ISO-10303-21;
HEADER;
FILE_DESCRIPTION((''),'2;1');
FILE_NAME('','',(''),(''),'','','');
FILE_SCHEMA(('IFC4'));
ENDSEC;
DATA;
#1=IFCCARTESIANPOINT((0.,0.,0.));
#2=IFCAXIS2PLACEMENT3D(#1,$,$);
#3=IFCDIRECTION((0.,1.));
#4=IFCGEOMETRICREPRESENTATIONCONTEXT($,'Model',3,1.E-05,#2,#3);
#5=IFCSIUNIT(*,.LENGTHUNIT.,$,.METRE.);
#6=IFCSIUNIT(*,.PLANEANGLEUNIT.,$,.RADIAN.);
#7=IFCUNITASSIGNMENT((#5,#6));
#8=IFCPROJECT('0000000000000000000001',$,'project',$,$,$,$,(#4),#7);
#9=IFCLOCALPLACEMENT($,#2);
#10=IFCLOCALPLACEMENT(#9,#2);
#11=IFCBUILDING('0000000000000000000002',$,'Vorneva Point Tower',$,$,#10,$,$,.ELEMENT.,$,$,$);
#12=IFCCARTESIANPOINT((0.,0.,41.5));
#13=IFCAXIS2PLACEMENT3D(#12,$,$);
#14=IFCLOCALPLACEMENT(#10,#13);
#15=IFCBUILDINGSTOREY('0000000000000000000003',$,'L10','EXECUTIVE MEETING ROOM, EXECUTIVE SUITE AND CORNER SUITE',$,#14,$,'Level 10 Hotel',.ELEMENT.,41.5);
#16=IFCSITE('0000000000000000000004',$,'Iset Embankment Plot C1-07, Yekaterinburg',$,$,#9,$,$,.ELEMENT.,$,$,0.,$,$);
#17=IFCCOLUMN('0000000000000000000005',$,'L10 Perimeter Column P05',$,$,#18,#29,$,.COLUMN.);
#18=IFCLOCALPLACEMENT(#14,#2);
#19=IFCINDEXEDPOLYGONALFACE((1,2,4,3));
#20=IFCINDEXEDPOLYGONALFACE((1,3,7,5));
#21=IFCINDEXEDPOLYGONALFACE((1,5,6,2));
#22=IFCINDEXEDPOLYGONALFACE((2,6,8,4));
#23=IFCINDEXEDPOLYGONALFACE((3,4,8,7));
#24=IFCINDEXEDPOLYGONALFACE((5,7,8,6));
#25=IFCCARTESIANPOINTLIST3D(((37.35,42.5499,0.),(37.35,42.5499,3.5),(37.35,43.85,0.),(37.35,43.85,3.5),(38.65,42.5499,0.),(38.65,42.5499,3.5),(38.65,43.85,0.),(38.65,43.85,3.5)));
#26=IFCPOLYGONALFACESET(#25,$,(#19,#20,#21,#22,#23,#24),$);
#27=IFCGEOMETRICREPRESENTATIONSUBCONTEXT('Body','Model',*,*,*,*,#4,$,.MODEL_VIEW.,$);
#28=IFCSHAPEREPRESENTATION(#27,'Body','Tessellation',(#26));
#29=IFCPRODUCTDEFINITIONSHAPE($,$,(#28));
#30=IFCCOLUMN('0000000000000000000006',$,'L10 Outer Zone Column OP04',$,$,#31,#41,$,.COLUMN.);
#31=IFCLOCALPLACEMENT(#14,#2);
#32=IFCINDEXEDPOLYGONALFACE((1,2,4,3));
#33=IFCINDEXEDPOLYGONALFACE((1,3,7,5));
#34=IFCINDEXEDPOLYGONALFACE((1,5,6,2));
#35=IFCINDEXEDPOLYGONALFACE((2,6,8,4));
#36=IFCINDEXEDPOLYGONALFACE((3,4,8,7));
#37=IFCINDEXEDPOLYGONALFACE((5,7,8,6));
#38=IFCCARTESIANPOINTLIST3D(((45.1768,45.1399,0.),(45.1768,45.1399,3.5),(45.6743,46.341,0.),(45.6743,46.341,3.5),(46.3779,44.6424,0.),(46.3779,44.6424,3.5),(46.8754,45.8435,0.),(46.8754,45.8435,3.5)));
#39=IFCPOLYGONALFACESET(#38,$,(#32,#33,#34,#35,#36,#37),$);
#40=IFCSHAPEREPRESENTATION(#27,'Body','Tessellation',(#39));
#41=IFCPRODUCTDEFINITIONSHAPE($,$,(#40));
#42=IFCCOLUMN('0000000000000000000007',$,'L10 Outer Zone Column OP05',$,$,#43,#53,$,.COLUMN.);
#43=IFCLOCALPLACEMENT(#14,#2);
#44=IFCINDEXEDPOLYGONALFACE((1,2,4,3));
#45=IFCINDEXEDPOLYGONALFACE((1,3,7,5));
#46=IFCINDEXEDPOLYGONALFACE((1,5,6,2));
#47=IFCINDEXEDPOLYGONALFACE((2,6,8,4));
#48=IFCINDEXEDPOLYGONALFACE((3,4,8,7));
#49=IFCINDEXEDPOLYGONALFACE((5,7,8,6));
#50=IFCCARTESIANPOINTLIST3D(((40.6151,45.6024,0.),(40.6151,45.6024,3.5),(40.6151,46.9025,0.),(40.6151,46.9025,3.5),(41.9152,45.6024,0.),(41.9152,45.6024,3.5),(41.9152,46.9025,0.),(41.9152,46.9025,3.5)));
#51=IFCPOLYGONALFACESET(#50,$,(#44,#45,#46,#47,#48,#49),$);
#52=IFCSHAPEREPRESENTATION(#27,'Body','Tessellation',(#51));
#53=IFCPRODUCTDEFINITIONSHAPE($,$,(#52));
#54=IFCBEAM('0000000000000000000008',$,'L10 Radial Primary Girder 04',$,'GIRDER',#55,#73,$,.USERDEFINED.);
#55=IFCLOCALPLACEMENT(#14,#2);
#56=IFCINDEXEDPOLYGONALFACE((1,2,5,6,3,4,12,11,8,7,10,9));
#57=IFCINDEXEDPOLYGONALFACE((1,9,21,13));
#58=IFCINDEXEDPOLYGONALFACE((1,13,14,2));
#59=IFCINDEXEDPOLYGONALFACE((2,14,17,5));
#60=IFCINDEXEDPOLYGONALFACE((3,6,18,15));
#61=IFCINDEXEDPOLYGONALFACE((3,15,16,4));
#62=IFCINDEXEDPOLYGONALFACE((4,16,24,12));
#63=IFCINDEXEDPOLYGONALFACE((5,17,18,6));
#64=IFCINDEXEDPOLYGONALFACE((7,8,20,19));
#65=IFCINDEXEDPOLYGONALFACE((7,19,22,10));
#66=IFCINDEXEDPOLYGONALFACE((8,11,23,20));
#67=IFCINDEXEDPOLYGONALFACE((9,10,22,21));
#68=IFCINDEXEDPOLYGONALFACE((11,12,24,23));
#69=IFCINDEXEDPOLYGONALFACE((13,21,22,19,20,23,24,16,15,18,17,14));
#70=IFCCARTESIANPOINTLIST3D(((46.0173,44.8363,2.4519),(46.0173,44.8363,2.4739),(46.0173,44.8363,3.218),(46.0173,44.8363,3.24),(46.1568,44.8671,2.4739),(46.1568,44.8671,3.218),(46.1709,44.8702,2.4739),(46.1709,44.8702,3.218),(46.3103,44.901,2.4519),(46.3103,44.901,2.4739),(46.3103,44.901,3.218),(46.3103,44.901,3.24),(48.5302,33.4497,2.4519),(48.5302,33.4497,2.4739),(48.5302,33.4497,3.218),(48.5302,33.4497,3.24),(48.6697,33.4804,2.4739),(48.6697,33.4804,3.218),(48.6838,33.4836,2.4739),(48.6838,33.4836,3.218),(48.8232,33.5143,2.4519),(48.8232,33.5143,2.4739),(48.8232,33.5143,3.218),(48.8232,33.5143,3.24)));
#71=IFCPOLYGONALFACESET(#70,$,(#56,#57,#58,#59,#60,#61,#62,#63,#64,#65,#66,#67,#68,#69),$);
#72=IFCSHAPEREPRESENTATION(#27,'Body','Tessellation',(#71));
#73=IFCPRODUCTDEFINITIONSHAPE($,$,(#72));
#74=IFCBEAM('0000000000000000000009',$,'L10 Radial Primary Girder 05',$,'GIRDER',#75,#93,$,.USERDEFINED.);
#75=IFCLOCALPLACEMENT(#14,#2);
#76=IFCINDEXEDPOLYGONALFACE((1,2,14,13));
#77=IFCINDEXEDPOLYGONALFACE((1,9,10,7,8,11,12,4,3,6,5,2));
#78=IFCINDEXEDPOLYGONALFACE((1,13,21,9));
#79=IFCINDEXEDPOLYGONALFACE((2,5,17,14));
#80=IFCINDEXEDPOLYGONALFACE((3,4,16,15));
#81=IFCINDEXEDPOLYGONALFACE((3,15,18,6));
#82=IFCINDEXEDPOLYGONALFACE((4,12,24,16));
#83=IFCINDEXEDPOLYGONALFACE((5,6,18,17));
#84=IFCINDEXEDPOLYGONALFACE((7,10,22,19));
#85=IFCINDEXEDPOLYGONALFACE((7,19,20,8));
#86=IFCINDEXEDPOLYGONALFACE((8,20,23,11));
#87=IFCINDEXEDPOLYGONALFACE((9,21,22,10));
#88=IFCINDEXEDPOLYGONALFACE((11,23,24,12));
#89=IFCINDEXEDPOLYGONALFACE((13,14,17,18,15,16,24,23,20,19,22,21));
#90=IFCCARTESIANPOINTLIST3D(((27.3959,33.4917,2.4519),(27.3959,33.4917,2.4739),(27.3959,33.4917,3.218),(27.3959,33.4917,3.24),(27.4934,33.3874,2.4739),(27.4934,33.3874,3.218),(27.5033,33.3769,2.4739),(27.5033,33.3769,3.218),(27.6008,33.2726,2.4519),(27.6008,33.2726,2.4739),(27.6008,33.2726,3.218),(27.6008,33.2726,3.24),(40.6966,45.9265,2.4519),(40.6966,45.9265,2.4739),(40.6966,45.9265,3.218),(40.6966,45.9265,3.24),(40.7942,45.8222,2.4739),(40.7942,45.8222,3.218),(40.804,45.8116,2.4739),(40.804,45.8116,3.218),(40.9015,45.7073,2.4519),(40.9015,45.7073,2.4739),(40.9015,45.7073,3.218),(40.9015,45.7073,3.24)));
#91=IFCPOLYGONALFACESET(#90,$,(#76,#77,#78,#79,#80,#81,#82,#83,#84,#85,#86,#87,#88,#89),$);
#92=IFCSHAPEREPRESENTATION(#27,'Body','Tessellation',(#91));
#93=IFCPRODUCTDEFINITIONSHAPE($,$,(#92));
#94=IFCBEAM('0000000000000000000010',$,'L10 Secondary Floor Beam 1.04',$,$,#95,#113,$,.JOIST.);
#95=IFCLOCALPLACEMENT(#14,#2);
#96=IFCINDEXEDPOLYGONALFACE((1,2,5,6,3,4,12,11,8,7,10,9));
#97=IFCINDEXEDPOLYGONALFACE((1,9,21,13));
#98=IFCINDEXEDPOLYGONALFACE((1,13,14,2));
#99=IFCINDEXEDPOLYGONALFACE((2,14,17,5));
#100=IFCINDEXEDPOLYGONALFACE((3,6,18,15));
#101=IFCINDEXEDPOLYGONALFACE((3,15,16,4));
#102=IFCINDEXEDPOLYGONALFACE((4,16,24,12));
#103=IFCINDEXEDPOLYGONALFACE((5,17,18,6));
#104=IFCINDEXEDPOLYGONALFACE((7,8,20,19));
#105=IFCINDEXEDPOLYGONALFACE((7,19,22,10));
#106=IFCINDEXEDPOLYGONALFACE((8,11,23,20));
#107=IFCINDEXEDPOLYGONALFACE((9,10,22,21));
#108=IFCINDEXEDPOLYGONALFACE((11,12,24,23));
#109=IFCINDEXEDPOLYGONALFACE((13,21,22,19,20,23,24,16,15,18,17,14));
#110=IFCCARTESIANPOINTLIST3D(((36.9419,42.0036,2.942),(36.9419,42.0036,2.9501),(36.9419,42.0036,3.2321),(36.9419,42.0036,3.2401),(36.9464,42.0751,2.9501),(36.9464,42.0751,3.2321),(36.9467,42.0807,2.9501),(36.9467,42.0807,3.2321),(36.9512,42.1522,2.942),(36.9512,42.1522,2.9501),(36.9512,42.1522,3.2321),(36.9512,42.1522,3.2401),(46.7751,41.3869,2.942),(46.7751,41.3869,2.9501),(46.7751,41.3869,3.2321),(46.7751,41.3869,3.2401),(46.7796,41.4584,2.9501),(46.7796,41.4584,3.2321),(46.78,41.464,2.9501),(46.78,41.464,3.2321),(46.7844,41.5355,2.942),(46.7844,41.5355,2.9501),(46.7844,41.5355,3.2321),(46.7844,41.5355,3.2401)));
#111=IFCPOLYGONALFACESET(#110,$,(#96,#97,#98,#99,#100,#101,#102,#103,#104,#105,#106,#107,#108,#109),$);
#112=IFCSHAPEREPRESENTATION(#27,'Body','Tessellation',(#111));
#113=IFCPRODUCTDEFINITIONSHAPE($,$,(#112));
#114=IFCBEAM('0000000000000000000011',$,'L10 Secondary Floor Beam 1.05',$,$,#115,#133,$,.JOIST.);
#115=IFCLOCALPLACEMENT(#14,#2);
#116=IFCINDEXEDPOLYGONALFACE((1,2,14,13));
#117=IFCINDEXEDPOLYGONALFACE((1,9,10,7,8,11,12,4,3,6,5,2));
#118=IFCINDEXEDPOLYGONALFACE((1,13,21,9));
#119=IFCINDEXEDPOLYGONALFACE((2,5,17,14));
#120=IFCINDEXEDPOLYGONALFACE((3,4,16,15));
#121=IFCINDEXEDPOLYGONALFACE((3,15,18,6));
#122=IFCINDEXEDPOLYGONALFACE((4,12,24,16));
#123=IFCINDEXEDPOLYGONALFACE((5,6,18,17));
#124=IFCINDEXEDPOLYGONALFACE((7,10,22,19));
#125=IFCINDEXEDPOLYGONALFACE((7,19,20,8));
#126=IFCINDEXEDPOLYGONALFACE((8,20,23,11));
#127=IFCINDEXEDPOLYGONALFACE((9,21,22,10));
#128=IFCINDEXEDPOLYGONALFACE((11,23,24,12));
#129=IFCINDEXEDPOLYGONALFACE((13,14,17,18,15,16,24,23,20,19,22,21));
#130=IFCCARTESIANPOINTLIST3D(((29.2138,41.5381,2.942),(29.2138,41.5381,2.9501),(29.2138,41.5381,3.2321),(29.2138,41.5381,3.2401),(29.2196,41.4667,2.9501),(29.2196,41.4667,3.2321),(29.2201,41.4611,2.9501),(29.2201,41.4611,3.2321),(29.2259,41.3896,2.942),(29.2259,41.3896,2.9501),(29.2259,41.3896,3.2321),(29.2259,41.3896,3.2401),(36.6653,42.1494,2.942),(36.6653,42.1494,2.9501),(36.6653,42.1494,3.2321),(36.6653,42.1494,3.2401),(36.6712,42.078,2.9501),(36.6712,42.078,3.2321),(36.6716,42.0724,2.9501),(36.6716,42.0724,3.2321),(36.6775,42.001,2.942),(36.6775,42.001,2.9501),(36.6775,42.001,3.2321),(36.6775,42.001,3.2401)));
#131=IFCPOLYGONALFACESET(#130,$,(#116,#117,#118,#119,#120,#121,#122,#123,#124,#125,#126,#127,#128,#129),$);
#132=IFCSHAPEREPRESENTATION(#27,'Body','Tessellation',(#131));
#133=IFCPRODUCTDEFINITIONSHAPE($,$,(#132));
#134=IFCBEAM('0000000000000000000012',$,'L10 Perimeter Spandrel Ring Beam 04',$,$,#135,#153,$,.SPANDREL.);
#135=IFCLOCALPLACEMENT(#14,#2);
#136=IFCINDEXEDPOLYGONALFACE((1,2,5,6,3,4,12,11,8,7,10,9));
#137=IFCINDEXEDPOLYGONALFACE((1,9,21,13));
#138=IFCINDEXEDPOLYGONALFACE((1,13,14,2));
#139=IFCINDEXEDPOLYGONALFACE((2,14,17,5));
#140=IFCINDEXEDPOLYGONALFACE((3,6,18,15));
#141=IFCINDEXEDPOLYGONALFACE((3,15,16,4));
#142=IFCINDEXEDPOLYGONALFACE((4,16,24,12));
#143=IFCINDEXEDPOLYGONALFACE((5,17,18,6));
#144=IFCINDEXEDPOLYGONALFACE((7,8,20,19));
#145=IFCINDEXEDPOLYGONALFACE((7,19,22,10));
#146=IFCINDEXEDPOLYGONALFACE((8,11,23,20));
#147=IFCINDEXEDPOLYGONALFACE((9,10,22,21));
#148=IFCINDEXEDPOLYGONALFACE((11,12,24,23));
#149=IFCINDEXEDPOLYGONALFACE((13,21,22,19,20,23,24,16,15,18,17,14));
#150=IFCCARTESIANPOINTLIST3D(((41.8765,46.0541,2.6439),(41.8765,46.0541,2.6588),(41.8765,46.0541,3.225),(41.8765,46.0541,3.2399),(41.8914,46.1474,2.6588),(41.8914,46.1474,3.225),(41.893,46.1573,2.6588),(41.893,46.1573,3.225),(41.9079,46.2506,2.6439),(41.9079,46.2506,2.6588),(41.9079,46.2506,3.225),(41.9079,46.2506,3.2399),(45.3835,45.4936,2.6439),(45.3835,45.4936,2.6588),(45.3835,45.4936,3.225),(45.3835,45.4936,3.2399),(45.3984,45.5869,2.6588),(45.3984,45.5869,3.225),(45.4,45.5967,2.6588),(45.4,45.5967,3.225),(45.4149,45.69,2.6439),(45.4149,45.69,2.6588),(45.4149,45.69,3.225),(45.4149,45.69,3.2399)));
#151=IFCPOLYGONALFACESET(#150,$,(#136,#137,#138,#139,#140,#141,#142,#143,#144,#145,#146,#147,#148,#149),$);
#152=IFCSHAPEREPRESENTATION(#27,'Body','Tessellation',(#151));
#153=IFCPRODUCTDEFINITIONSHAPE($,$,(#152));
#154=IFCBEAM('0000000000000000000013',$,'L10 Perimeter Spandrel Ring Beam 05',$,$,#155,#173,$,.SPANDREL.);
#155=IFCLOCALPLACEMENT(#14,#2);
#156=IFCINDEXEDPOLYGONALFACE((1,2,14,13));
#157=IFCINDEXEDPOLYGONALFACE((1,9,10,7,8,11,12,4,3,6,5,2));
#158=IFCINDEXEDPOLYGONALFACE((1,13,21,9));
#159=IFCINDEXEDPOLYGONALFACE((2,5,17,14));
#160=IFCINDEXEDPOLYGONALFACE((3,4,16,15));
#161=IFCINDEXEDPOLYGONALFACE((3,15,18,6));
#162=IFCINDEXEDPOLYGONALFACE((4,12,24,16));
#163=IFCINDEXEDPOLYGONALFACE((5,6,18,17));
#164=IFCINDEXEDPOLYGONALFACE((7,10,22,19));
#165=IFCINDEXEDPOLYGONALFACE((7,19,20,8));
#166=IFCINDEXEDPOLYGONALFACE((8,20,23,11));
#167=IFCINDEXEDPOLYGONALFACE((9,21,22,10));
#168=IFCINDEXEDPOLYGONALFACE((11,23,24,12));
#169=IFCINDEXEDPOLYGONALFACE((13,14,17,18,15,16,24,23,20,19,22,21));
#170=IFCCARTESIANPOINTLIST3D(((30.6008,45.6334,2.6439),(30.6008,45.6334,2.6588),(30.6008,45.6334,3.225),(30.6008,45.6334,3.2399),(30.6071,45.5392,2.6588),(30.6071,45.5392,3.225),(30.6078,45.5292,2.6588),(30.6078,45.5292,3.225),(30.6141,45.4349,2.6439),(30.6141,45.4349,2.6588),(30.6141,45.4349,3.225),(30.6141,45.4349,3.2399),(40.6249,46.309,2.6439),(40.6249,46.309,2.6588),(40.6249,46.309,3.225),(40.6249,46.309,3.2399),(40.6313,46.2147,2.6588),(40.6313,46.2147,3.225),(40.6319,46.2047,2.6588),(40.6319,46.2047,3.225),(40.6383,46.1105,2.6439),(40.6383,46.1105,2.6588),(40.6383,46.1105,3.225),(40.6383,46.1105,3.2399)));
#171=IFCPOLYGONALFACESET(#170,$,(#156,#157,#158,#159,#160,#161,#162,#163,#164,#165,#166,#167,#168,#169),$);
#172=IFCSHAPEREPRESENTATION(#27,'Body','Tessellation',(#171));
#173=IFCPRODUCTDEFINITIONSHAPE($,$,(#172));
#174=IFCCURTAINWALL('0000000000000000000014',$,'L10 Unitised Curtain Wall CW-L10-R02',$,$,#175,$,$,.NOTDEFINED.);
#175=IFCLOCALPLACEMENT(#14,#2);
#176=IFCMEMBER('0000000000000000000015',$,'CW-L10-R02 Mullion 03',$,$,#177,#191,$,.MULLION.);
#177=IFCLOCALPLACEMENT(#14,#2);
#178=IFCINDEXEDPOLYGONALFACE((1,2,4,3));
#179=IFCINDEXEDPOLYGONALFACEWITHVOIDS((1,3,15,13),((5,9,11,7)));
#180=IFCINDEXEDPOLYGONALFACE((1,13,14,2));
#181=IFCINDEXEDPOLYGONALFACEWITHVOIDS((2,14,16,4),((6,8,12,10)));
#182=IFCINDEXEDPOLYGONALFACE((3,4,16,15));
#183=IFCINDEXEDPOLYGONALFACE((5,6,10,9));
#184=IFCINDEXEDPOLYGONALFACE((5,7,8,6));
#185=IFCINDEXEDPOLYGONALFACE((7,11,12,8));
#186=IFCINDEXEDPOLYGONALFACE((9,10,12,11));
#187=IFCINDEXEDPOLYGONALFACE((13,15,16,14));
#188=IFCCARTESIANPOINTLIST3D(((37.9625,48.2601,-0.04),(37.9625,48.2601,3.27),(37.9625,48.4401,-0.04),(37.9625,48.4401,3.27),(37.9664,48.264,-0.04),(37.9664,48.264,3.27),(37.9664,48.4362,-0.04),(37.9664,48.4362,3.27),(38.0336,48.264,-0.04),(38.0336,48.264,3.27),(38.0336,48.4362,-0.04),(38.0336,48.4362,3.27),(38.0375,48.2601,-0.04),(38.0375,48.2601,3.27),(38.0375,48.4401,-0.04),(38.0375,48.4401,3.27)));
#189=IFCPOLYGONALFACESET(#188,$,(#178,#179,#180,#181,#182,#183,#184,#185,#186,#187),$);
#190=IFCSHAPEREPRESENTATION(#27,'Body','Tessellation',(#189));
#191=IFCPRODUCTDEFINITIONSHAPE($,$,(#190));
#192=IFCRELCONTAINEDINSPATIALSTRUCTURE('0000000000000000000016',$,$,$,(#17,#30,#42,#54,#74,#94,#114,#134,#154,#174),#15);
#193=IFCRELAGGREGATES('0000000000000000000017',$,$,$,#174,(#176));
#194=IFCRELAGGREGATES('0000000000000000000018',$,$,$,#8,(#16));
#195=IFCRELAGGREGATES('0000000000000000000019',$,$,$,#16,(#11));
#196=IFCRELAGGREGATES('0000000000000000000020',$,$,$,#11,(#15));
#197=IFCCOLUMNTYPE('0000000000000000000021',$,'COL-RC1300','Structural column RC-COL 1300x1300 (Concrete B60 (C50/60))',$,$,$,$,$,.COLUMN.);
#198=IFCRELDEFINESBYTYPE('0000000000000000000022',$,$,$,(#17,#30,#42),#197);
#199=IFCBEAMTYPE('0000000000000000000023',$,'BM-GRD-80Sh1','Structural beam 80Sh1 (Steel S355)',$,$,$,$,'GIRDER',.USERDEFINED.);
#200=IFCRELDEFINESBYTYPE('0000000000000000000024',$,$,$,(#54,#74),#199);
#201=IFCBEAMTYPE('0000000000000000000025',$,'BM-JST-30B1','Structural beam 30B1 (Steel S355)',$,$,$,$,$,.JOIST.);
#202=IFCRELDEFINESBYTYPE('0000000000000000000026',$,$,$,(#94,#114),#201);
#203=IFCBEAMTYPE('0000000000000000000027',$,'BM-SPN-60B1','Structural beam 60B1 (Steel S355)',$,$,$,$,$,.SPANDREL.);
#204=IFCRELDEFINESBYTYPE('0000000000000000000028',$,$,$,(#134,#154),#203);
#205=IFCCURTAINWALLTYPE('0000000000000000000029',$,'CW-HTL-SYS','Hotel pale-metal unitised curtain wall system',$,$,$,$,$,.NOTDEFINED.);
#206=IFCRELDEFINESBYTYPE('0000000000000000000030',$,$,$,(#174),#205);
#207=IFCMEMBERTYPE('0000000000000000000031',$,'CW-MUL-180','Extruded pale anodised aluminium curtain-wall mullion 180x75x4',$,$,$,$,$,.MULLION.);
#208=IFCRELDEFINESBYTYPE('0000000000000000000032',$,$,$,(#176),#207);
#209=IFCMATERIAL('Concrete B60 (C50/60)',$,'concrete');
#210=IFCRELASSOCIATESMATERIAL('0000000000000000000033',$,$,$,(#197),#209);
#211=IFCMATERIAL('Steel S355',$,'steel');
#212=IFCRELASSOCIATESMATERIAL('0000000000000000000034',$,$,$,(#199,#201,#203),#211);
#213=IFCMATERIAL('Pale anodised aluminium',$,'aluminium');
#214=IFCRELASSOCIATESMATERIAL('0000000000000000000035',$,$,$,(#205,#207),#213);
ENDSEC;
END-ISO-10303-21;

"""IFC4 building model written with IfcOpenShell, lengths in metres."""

from ifc_helpers import new_model, si_unit, direction, frame, origin, origin_2d, place, context, subcontext, project, spatial, rectangle, hollow_rectangle, i_section, extrude, material, material_profile, profile_set, type_object, element, aggregate, save


model = new_model("IFC4")

# Units and contexts
model_context = context("Model", 3, precision=1e-05, world=origin(), true_north=direction((0.0, 1.0)))
body_context = subcontext(model_context, "Body", "Model", "MODEL_VIEW")
ifc_project = project(units=[si_unit("LENGTHUNIT", "METRE"), si_unit("PLANEANGLEUNIT", "RADIAN")], contexts=[model_context])

# Site, building, storey
site_placement = place(None, origin())
site = spatial("IfcSite", under=ifc_project, at=site_placement, Name="Iset Embankment Plot C1-07, Yekaterinburg", CompositionType="ELEMENT", RefElevation=0.0)
building_placement = place(site_placement, origin())
building = spatial("IfcBuilding", under=site, at=building_placement, Name="Vorneva Point Tower", CompositionType="ELEMENT")
storey_placement = place(building_placement, frame((0.0, 0.0, 41.5)))
storey = spatial("IfcBuildingStorey", under=building, at=storey_placement, Name="L10", Description="EXECUTIVE MEETING ROOM, EXECUTIVE SUITE AND CORNER SUITE", LongName="Level 10 Hotel", CompositionType="ELEMENT", Elevation=41.5)

# Columns
ifc_material_1 = material(Name="Concrete B60 (C50/60)", Category="concrete")
ifc_material_profile_1 = material_profile(ifc_material_1, rectangle(XDim=1.3, YDim=1.3, at=origin_2d()), Name="RC-COL 1300x1300")
ifc_profile_set_1 = profile_set([ifc_material_profile_1], Name="Concrete B60 (C50/60)")
column_type = type_object("IfcColumnType", Name="COL-RC1300", Description="Structural column RC-COL 1300x1300 (Concrete B60 (C50/60))", PredefinedType="COLUMN", material=ifc_profile_set_1)
for number, where, z_axis, x_axis, name in (
    (1, (38.0, 43.2, 0.0), (0.0, 0.0, 1.0), (0.0, 1.0, 0.0), "L10 Perimeter Column P05"),
    (2, (46.0261, 45.4917, 0.0), (0.0, 0.0, 1.0), (0.382683, 0.92388, 0.0), "L10 Outer Zone Column OP04"),
    (3, (41.2651, 46.2524, 0.0), (0.0, 0.0, 1.0), (0.0, 1.0, 0.0), "L10 Outer Zone Column OP05"),
):
    element("IfcColumn", number, at=place(storey_placement, frame(where, z_axis=z_axis, x_axis=x_axis)), inside=storey, type_object=column_type, Name=name, PredefinedType="COLUMN", context=body_context, shape_type="SweptSolid", body=[
        extrude(rectangle(XDim=1.3, YDim=1.3, at=origin_2d()), origin(), (0.0, 0.0, 1.0), 3.5),
    ])

# Beams
ifc_material_2 = material(Name="Steel S355", Category="steel")
ifc_material_profile_2 = material_profile(ifc_material_2, i_section(OverallWidth=0.3, OverallDepth=0.7881, WebThickness=0.0144, FlangeThickness=0.022, at=origin_2d()), Name="80Sh1")
ifc_profile_set_2 = profile_set([ifc_material_profile_2], Name="Steel S355")
beam_type_1 = type_object("IfcBeamType", Name="BM-GRD-80Sh1", Description="Structural beam 80Sh1 (Steel S355)", ElementType="GIRDER", PredefinedType="USERDEFINED", material=ifc_profile_set_2)
beam_1_placement = place(storey_placement, frame((46.1638, 44.8687, 2.8459), z_axis=(0.215505, -0.976503, 0.0), x_axis=(0.976503, 0.215505, 0.0)))
element("IfcBeam", 4, at=beam_1_placement, inside=storey, type_object=beam_type_1, Name="L10 Radial Primary Girder 04", ObjectType="GIRDER", PredefinedType="USERDEFINED", context=body_context, shape_type="SweptSolid", body=[
    extrude(i_section(OverallWidth=0.3, OverallDepth=0.7881, WebThickness=0.0144, FlangeThickness=0.022, at=origin_2d()), origin(), (0.0, 0.0, 1.0), 11.6606),
])
beam_2_placement = place(storey_placement, frame((40.7991, 45.8169, 2.8459), z_axis=(-0.730487, -0.682927, 0.0), x_axis=(0.682927, -0.730487, 0.0)))
element("IfcBeam", 5, at=beam_2_placement, inside=storey, type_object=beam_type_1, Name="L10 Radial Primary Girder 05", ObjectType="GIRDER", PredefinedType="USERDEFINED", context=body_context, shape_type="SweptSolid", body=[
    extrude(i_section(OverallWidth=0.3, OverallDepth=0.7881, WebThickness=0.0144, FlangeThickness=0.022, at=origin_2d()), origin(), (0.0, 0.0, 1.0), 18.208),
])
ifc_material_profile_3 = material_profile(ifc_material_2, i_section(OverallWidth=0.1489, OverallDepth=0.2981, WebThickness=0.0056, FlangeThickness=0.0081, at=origin_2d()), Name="30B1")
ifc_profile_set_3 = profile_set([ifc_material_profile_3], Name="Steel S355")
beam_type_2 = type_object("IfcBeamType", Name="BM-JST-30B1", Description="Structural beam 30B1 (Steel S355)", PredefinedType="JOIST", material=ifc_profile_set_3)
beam_3_placement = place(storey_placement, frame((46.7798, 41.4612, 3.0911), z_axis=(-0.998039, 0.062593, 0.0), x_axis=(-0.062593, -0.998039, 0.0)))
element("IfcBeam", 6, at=beam_3_placement, inside=storey, type_object=beam_type_2, Name="L10 Secondary Floor Beam 1.04", PredefinedType="JOIST", context=body_context, shape_type="SweptSolid", body=[
    extrude(i_section(OverallWidth=0.1489, OverallDepth=0.2981, WebThickness=0.0056, FlangeThickness=0.0081, at=origin_2d()), origin(), (0.0, 0.0, 1.0), 9.8525),
])
beam_4_placement = place(storey_placement, frame((36.6714, 42.0752, 3.0911), z_axis=(-0.996651, -0.081767, 0.0), x_axis=(0.081767, -0.996651, 0.0)))
element("IfcBeam", 7, at=beam_4_placement, inside=storey, type_object=beam_type_2, Name="L10 Secondary Floor Beam 1.05", PredefinedType="JOIST", context=body_context, shape_type="SweptSolid", body=[
    extrude(i_section(OverallWidth=0.1489, OverallDepth=0.2981, WebThickness=0.0056, FlangeThickness=0.0081, at=origin_2d()), origin(), (0.0, 0.0, 1.0), 7.4766),
])
ifc_material_profile_4 = material_profile(ifc_material_2, i_section(OverallWidth=0.199, OverallDepth=0.5959, WebThickness=0.01, FlangeThickness=0.0149, at=origin_2d()), Name="60B1")
ifc_profile_set_4 = profile_set([ifc_material_profile_4], Name="Steel S355")
beam_type_3 = type_object("IfcBeamType", Name="BM-SPN-60B1", Description="Structural beam 60B1 (Steel S355)", PredefinedType="SPANDREL", material=ifc_profile_set_4)
beam_5_placement = place(storey_placement, frame((45.3992, 45.5918, 2.9419), z_axis=(-0.987466, 0.15783, 0.0), x_axis=(-0.15783, -0.987466, 0.0)))
element("IfcBeam", 8, at=beam_5_placement, inside=storey, type_object=beam_type_3, Name="L10 Perimeter Spandrel Ring Beam 04", PredefinedType="SPANDREL", context=body_context, shape_type="SweptSolid", body=[
    extrude(i_section(OverallWidth=0.199, OverallDepth=0.5959, WebThickness=0.01, FlangeThickness=0.0149, at=origin_2d()), origin(), (0.0, 0.0, 1.0), 3.5515),
])
beam_6_placement = place(storey_placement, frame((40.6316, 46.2097, 2.9419), z_axis=(-0.997737, -0.067238, 0.0), x_axis=(0.067238, -0.997737, 0.0)))
element("IfcBeam", 9, at=beam_6_placement, inside=storey, type_object=beam_type_3, Name="L10 Perimeter Spandrel Ring Beam 05", PredefinedType="SPANDREL", context=body_context, shape_type="SweptSolid", body=[
    extrude(i_section(OverallWidth=0.199, OverallDepth=0.5959, WebThickness=0.01, FlangeThickness=0.0149, at=origin_2d()), origin(), (0.0, 0.0, 1.0), 10.0469),
])

# Curtain wall, member
ifc_material_3 = material(Name="Pale anodised aluminium", Category="aluminium")
curtain_wall_type = type_object("IfcCurtainWallType", Name="CW-HTL-SYS", Description="Hotel pale-metal unitised curtain wall system", PredefinedType="NOTDEFINED", material=ifc_material_3)
curtain_wall_placement = place(storey_placement, origin())
curtain_wall = element("IfcCurtainWall", 10, at=curtain_wall_placement, inside=storey, type_object=curtain_wall_type, Name="L10 Unitised Curtain Wall CW-L10-R02", PredefinedType="NOTDEFINED")
ifc_material_profile_5 = material_profile(ifc_material_3, hollow_rectangle(XDim=0.075, YDim=0.1799, WallThickness=0.0039, at=origin_2d()), Name="AL-MUL 180x75x4")
ifc_profile_set_5 = profile_set([ifc_material_profile_5], Name="Pale anodised aluminium")
member_type_1 = type_object("IfcMemberType", Name="CW-MUL-180", Description="Extruded pale anodised aluminium curtain-wall mullion 180x75x4", PredefinedType="MULLION", material=ifc_profile_set_5)
member_1_placement = place(storey_placement, frame((38.0, 48.3501, -0.04), z_axis=(0.0, 0.0, 1.0), x_axis=(1.0, 0.0, 0.0)))
member_1 = element("IfcMember", 11, at=member_1_placement, type_object=member_type_1, Name="CW-L10-R02 Mullion 03", PredefinedType="MULLION", context=body_context, shape_type="SweptSolid", body=[
    extrude(hollow_rectangle(XDim=0.075, YDim=0.1799, WallThickness=0.0039, at=origin_2d()), origin(), (0.0, 0.0, 1.0), 3.3101),
])
aggregate(curtain_wall, [member_1])

save(model, "model.ifc")
